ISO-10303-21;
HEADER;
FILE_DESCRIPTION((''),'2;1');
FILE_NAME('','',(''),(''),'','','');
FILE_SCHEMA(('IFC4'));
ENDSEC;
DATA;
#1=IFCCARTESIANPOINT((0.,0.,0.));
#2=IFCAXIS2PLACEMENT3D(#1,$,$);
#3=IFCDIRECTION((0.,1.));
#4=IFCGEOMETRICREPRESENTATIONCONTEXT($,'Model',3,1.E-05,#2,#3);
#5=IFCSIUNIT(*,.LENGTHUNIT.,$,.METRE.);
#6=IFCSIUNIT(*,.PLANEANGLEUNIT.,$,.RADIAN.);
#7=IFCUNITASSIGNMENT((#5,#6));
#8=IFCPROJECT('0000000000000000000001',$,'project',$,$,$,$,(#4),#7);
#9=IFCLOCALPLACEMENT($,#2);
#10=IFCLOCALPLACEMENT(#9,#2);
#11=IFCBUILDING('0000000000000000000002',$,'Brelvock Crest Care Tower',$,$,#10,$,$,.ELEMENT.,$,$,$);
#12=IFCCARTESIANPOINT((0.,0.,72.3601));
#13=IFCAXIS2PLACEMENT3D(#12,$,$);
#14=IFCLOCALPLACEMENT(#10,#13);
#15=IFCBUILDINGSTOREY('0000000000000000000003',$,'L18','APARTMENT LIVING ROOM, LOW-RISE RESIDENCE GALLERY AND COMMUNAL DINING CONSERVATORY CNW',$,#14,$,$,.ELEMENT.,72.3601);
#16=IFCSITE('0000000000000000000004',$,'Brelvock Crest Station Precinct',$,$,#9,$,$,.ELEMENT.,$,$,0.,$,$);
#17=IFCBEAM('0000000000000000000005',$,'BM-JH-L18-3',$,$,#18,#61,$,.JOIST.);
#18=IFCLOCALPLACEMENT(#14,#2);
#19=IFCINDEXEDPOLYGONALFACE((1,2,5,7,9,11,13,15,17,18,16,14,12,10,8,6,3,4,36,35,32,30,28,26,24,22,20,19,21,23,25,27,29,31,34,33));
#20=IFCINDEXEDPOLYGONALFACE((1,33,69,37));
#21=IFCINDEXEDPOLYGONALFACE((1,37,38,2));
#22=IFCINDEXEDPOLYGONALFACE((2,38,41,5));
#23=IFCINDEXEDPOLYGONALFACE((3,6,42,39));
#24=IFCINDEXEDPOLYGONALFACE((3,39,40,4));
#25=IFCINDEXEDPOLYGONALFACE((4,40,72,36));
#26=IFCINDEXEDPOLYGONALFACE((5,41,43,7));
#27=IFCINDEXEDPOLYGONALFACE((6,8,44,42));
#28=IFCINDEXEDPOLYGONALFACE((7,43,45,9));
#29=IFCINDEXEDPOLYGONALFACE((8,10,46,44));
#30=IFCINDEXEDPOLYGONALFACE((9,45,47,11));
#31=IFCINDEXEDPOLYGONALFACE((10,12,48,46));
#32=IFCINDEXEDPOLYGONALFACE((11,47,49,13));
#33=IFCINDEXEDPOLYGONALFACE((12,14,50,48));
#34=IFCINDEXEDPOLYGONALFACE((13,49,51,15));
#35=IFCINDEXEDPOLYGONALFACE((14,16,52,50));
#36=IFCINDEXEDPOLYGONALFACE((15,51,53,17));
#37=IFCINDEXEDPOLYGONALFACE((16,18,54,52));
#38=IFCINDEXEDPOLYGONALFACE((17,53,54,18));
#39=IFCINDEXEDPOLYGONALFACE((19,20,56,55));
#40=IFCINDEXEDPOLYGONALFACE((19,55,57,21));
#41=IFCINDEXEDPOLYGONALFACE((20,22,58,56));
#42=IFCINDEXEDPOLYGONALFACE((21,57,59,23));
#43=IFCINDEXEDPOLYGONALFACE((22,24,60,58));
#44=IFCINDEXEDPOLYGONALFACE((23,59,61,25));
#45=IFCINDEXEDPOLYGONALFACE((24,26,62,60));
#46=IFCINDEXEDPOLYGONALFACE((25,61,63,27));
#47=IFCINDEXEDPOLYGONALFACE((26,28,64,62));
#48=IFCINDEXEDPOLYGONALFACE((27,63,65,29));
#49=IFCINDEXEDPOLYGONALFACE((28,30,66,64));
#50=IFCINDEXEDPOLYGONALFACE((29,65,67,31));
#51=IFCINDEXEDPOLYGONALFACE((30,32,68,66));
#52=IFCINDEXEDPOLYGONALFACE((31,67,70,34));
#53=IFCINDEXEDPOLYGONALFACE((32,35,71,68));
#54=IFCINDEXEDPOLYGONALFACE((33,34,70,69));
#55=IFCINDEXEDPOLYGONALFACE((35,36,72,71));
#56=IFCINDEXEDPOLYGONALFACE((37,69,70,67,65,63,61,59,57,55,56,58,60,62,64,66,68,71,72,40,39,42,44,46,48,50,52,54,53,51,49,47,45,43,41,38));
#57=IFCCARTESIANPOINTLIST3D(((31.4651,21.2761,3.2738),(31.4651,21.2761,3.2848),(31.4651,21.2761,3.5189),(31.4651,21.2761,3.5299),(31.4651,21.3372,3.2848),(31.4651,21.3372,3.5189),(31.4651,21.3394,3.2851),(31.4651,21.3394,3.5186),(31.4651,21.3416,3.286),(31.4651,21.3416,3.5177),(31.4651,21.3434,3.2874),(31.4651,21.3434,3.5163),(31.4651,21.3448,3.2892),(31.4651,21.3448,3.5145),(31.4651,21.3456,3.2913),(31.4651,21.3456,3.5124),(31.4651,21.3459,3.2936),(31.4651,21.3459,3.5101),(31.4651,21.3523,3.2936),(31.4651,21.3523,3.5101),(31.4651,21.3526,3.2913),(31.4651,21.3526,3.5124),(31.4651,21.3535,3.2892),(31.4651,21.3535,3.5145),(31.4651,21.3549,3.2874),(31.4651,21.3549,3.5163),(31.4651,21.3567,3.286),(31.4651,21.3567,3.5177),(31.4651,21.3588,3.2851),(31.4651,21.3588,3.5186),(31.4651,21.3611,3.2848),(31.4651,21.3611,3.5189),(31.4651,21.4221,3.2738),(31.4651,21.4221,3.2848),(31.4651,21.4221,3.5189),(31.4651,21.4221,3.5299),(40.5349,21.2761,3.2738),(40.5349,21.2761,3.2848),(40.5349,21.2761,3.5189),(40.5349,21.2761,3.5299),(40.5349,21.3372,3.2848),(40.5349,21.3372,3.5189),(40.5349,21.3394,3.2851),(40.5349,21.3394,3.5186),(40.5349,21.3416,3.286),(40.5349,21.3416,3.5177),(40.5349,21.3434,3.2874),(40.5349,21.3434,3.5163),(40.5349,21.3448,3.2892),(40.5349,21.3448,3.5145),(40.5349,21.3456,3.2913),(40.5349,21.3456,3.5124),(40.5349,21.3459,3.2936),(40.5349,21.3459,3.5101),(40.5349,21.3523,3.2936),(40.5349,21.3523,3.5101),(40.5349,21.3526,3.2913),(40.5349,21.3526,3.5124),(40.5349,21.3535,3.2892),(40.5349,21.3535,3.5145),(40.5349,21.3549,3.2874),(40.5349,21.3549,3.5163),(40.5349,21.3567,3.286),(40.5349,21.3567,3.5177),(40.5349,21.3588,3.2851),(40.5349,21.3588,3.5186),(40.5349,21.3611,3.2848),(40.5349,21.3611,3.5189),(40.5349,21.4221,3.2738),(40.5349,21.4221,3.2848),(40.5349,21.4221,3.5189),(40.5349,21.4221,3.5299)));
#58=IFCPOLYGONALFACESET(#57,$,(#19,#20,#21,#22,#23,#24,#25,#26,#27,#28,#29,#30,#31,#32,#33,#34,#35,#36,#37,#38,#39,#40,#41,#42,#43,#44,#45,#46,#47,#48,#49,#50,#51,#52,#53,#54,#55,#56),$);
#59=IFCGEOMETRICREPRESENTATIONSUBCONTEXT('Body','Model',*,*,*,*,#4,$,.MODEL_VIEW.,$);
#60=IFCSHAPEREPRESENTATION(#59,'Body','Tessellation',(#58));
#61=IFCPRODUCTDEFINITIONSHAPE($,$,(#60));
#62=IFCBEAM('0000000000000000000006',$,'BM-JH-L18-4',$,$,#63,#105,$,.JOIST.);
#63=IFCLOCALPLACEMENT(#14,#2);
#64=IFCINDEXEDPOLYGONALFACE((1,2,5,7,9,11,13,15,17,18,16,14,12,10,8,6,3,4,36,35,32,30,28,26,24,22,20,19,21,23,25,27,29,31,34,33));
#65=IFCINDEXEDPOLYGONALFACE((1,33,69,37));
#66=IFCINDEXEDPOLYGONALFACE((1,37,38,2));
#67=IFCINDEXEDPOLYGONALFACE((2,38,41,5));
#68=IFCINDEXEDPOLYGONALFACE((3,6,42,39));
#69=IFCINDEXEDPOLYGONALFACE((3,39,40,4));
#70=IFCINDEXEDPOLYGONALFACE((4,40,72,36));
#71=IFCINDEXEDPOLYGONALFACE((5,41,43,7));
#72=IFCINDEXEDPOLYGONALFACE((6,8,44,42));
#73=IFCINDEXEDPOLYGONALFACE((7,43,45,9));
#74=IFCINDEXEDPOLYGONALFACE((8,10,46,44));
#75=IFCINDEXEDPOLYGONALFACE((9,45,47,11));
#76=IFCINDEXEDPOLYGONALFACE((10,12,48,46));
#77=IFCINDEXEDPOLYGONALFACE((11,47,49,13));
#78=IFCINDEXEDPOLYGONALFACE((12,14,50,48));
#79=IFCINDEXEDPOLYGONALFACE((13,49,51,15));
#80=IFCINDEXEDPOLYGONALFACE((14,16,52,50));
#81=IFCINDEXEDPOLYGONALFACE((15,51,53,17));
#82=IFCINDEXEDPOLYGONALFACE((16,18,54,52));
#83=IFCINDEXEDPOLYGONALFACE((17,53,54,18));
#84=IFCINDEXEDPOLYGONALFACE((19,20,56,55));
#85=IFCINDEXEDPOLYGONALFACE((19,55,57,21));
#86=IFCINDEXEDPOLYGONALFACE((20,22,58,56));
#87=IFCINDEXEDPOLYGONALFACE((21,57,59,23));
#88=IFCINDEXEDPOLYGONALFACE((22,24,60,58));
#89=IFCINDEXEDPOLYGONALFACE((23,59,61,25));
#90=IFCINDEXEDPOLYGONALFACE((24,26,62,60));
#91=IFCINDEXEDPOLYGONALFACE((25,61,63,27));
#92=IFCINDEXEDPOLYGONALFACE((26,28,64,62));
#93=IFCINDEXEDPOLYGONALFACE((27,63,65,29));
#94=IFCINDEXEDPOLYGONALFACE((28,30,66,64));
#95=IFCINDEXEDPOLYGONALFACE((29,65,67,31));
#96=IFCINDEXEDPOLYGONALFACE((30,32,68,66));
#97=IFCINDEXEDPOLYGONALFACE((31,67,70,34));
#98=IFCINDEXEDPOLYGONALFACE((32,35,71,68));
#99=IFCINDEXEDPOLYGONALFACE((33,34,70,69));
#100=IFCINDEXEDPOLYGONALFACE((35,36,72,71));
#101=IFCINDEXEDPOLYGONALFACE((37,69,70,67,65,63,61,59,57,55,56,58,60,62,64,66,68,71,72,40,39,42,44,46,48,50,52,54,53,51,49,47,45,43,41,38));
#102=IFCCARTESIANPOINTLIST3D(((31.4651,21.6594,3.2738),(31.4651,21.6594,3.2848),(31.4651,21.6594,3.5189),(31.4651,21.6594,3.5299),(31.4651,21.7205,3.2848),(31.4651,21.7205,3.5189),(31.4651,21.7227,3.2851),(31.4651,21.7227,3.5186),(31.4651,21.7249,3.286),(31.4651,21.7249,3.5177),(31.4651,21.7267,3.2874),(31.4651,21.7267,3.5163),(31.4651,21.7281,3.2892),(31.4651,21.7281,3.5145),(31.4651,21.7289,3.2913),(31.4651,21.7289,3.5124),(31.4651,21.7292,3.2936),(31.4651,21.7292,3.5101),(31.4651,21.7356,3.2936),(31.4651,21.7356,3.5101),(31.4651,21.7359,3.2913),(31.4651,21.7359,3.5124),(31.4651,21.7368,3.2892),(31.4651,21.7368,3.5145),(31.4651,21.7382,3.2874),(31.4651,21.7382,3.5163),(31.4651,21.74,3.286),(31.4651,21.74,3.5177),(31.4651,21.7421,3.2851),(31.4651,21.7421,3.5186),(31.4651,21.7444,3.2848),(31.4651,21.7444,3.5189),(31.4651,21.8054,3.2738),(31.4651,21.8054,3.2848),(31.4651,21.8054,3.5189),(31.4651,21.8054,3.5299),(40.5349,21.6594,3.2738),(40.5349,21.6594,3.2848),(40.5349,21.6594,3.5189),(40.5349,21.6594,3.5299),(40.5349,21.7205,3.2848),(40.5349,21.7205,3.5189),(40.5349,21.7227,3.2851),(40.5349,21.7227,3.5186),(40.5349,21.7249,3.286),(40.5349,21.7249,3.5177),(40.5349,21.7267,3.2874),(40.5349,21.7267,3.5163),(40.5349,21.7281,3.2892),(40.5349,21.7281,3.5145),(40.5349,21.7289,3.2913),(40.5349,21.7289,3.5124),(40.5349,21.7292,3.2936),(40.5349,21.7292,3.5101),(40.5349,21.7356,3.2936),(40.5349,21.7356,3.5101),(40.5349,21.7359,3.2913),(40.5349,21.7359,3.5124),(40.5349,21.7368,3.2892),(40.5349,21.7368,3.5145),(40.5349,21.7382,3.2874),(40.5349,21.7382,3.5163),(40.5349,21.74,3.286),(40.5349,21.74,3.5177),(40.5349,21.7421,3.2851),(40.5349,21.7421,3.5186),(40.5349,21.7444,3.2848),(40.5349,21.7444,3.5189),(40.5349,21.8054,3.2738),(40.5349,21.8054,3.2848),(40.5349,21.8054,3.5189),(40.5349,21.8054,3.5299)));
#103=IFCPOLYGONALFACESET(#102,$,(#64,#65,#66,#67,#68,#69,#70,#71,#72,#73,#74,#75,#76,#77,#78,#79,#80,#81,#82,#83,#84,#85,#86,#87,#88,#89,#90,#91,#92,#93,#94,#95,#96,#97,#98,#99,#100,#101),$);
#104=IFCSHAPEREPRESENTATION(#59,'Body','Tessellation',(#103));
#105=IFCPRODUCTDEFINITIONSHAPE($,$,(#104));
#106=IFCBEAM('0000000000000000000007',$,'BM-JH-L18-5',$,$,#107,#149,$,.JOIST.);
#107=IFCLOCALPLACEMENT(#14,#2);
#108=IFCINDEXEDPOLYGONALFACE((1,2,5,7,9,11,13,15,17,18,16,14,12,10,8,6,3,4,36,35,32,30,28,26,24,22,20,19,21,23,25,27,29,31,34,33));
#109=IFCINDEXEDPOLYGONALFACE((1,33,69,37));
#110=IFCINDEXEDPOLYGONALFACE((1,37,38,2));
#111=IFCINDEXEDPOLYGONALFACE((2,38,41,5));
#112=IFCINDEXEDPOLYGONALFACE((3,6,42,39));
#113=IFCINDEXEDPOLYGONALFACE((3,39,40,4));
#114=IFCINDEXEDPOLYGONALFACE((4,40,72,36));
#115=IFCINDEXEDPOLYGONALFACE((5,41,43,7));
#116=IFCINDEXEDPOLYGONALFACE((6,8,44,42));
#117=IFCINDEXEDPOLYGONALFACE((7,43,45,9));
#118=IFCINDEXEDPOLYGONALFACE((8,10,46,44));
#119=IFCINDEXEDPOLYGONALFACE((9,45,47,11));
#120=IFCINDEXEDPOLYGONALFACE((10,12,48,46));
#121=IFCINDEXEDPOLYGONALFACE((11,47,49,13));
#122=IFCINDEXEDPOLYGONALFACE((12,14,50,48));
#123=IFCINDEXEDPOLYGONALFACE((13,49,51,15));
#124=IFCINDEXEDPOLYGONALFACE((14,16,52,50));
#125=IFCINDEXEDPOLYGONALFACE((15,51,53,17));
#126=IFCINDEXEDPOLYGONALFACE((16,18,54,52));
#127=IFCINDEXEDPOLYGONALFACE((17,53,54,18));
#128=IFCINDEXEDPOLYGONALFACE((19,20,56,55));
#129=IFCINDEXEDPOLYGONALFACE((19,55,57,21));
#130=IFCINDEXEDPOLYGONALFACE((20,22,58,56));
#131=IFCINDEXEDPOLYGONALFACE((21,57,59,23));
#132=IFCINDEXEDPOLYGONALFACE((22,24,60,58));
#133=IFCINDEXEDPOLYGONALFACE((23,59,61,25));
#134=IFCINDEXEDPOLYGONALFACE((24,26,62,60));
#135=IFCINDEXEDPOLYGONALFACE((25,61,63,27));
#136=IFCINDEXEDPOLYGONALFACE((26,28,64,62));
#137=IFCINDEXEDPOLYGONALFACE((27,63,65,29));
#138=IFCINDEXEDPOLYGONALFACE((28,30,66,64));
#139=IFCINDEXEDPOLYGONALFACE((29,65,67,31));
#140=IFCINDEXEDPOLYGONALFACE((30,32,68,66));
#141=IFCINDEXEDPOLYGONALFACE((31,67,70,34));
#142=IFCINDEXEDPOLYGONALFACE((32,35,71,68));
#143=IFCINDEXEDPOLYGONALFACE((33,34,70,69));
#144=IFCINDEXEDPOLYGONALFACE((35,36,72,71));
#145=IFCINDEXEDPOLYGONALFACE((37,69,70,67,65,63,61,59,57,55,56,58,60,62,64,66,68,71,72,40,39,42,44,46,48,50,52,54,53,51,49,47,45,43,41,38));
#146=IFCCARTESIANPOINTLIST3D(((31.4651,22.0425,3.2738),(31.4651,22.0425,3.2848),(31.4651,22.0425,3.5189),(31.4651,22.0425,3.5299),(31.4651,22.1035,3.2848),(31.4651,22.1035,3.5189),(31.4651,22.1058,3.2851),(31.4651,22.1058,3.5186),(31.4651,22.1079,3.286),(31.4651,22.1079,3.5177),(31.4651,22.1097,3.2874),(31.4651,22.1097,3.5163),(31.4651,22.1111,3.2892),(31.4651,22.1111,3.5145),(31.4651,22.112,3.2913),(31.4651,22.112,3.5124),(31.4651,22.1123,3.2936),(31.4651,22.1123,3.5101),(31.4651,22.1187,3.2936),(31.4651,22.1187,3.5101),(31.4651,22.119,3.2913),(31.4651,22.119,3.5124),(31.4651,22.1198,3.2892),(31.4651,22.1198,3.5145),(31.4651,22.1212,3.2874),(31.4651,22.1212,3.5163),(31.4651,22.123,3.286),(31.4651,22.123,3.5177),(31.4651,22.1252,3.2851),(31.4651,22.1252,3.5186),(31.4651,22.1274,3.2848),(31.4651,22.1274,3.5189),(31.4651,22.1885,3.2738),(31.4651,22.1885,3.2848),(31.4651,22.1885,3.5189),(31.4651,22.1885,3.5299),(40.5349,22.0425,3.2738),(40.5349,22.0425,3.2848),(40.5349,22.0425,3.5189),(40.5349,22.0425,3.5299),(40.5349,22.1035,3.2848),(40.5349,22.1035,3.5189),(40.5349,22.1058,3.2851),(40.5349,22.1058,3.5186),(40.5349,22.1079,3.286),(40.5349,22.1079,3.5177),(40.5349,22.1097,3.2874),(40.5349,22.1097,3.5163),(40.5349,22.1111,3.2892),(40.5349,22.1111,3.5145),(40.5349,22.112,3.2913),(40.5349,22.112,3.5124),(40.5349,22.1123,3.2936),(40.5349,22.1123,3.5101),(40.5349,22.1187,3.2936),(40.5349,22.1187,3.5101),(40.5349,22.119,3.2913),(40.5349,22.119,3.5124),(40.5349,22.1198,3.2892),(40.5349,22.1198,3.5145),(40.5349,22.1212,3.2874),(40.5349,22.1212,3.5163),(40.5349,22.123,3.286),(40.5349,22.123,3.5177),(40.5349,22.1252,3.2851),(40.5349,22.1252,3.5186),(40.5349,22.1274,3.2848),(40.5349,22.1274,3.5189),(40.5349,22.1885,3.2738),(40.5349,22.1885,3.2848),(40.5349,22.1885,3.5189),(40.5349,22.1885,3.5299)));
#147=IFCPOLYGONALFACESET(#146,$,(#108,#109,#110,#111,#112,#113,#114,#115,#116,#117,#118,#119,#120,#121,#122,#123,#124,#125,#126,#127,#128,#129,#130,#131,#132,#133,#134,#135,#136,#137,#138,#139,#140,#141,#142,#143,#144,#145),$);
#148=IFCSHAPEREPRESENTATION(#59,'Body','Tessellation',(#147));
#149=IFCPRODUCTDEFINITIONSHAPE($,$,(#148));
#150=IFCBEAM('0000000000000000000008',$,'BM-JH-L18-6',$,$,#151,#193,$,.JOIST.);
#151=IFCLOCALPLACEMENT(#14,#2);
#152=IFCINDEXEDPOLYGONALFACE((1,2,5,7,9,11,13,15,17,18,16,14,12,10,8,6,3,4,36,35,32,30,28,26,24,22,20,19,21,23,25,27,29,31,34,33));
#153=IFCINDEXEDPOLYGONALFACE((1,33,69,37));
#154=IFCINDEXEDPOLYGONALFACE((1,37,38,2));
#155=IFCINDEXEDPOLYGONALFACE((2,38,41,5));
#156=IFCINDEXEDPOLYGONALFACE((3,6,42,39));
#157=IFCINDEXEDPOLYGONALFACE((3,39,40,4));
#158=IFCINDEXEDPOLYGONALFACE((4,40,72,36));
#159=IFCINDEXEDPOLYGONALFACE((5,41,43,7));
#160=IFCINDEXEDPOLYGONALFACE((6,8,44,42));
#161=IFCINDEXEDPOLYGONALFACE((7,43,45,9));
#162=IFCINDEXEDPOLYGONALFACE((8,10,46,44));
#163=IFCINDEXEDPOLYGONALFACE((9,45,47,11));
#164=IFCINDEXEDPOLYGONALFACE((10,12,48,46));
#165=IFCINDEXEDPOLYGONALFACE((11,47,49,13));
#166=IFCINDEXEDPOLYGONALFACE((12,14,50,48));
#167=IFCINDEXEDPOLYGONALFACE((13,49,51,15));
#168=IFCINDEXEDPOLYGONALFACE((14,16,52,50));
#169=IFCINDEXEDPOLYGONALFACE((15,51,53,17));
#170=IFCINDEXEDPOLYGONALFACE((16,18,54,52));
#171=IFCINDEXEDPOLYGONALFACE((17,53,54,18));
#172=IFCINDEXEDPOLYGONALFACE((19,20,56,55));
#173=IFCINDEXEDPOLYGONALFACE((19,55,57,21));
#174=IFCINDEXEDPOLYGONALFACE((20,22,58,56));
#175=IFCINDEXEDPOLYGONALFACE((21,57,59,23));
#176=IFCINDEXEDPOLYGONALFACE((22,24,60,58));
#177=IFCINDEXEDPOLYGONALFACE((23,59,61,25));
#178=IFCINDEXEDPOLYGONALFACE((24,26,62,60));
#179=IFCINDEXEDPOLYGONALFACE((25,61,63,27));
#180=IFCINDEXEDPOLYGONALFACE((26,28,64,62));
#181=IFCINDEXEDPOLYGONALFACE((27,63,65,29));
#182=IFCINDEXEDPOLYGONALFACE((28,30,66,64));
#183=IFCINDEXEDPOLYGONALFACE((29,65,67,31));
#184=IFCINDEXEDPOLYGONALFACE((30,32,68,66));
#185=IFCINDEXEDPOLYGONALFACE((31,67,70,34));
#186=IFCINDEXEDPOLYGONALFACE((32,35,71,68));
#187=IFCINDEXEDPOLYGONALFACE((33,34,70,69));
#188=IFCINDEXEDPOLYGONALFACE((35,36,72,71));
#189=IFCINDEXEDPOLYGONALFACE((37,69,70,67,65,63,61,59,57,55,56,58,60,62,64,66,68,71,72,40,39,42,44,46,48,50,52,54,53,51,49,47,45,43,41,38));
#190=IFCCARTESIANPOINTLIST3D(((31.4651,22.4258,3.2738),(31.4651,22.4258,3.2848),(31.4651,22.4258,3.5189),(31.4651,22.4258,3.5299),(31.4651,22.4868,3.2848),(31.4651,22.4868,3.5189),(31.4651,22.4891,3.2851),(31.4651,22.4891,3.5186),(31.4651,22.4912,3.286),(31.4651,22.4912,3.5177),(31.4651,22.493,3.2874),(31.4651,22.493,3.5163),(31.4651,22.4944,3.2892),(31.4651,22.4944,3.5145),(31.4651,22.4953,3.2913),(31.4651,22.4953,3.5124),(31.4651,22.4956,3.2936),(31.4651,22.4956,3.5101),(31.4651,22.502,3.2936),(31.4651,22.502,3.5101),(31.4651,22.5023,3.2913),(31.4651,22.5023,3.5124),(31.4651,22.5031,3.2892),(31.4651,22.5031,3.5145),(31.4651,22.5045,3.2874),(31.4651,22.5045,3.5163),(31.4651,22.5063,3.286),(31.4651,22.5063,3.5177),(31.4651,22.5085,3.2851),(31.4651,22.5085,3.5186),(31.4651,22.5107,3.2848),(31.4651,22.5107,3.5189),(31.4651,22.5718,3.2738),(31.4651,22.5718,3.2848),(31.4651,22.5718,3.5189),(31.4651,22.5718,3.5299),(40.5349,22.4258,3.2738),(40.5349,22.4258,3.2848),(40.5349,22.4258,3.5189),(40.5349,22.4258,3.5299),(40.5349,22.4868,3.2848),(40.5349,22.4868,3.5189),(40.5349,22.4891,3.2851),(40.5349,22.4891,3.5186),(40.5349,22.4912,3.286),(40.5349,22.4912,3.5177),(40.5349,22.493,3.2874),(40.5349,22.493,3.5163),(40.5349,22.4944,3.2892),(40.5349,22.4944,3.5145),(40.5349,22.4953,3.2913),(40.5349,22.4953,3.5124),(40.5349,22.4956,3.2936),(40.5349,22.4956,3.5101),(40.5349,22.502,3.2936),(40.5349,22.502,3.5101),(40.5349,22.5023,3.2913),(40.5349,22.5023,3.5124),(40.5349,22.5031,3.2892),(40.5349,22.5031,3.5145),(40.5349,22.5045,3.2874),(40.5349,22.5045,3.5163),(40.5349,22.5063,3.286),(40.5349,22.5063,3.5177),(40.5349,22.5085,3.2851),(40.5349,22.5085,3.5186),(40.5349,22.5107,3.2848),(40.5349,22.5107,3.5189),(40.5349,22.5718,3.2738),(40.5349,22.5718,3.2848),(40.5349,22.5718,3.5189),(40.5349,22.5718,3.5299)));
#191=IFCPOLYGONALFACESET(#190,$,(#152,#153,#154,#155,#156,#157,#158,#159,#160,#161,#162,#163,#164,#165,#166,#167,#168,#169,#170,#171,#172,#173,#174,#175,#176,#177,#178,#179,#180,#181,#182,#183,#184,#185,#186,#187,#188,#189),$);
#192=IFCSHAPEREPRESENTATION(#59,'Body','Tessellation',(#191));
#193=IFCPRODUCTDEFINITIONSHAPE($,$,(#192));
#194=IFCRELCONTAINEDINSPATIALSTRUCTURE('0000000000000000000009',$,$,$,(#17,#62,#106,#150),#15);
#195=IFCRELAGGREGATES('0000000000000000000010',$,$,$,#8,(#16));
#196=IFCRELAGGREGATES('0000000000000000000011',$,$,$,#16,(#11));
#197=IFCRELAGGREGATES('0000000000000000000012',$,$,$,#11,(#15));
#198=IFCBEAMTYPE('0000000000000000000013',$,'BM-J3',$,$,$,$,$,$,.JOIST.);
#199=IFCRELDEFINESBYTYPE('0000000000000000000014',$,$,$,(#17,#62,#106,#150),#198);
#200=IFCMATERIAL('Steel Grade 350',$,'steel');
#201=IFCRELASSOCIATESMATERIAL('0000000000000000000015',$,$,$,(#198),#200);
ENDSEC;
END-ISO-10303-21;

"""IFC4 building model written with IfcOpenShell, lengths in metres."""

from ifc_helpers import new_model, si_unit, direction, frame, origin, origin_2d, place, context, subcontext, project, spatial, i_section, extrude, source, transform, mapped, material, material_profile, profile_set, type_object, element, save


model = new_model("IFC4")

# Units and contexts
model_context = context("Model", 3, precision=1e-05, world=origin(), true_north=direction((0.0, 1.0)))
body_context = subcontext(model_context, "Body", "Model", "MODEL_VIEW")
ifc_project = project(units=[si_unit("LENGTHUNIT", "METRE"), si_unit("PLANEANGLEUNIT", "RADIAN")], contexts=[model_context])

# Site, building, storey
site_placement = place(None, origin())
site = spatial("IfcSite", under=ifc_project, at=site_placement, Name="Brelvock Crest Station Precinct", CompositionType="ELEMENT", RefElevation=0.0)
building_placement = place(site_placement, origin())
building = spatial("IfcBuilding", under=site, at=building_placement, Name="Brelvock Crest Care Tower", CompositionType="ELEMENT")
storey_placement = place(building_placement, frame((0.0, 0.0, 72.3601)))
storey = spatial("IfcBuildingStorey", under=building, at=storey_placement, Name="L18", Description="APARTMENT LIVING ROOM, LOW-RISE RESIDENCE GALLERY AND COMMUNAL DINING CONSERVATORY CNW", CompositionType="ELEMENT", Elevation=72.3601)

# Shared definitions
ifc_material_1 = material(Name="Steel Grade 350", Category="steel")

# Beams
ifc_material_profile_1 = material_profile(ifc_material_1, i_section(OverallWidth=0.146, OverallDepth=0.2561, WebThickness=0.0063, FlangeThickness=0.011, FilletRadius=0.0088, at=origin_2d()), Name="250UB37.3")
ifc_profile_set_1 = profile_set([ifc_material_profile_1], Name="Steel Grade 350")
beam_type_1 = type_object("IfcBeamType", Name="BM-J3", PredefinedType="JOIST", material=ifc_profile_set_1)
shared_shape_1 = source(origin(), body_context, "Body", "SweptSolid", [
    extrude(i_section(OverallWidth=0.146, OverallDepth=0.2561, WebThickness=0.0063, FlangeThickness=0.011, FilletRadius=0.0088, at=origin_2d()), origin(), (0.0, 0.0, 1.0), 9.0698),
])
for number, where, z_axis, x_axis, name in (
    (1, (31.4651, 21.3491, 3.4019), (1.0, 0.0, 0.0), (0.0, 1.0, 0.0), "BM-JH-L18-3"),
    (2, (31.4651, 21.7324, 3.4019), (1.0, 0.0, 0.0), (0.0, 1.0, 0.0), "BM-JH-L18-4"),
    (3, (31.4651, 22.1155, 3.4019), (1.0, 0.0, 0.0), (0.0, 1.0, 0.0), "BM-JH-L18-5"),
    (4, (31.4651, 22.4988, 3.4019), (1.0, 0.0, 0.0), (0.0, 1.0, 0.0), "BM-JH-L18-6"),
):
    element("IfcBeam", number, at=place(storey_placement, frame(where, z_axis=z_axis, x_axis=x_axis)), inside=storey, type_object=beam_type_1, Name=name, PredefinedType="JOIST", context=body_context, shape_type="MappedRepresentation", body=[
        mapped(shared_shape_1, transform((0.0, 0.0, 0.0), x_axis=(1.0, 0.0, 0.0), y_axis=(0.0, 1.0, 0.0), z_axis=(0.0, 0.0, 1.0), scale=1.0)),
    ])

save(model, "model.ifc")
